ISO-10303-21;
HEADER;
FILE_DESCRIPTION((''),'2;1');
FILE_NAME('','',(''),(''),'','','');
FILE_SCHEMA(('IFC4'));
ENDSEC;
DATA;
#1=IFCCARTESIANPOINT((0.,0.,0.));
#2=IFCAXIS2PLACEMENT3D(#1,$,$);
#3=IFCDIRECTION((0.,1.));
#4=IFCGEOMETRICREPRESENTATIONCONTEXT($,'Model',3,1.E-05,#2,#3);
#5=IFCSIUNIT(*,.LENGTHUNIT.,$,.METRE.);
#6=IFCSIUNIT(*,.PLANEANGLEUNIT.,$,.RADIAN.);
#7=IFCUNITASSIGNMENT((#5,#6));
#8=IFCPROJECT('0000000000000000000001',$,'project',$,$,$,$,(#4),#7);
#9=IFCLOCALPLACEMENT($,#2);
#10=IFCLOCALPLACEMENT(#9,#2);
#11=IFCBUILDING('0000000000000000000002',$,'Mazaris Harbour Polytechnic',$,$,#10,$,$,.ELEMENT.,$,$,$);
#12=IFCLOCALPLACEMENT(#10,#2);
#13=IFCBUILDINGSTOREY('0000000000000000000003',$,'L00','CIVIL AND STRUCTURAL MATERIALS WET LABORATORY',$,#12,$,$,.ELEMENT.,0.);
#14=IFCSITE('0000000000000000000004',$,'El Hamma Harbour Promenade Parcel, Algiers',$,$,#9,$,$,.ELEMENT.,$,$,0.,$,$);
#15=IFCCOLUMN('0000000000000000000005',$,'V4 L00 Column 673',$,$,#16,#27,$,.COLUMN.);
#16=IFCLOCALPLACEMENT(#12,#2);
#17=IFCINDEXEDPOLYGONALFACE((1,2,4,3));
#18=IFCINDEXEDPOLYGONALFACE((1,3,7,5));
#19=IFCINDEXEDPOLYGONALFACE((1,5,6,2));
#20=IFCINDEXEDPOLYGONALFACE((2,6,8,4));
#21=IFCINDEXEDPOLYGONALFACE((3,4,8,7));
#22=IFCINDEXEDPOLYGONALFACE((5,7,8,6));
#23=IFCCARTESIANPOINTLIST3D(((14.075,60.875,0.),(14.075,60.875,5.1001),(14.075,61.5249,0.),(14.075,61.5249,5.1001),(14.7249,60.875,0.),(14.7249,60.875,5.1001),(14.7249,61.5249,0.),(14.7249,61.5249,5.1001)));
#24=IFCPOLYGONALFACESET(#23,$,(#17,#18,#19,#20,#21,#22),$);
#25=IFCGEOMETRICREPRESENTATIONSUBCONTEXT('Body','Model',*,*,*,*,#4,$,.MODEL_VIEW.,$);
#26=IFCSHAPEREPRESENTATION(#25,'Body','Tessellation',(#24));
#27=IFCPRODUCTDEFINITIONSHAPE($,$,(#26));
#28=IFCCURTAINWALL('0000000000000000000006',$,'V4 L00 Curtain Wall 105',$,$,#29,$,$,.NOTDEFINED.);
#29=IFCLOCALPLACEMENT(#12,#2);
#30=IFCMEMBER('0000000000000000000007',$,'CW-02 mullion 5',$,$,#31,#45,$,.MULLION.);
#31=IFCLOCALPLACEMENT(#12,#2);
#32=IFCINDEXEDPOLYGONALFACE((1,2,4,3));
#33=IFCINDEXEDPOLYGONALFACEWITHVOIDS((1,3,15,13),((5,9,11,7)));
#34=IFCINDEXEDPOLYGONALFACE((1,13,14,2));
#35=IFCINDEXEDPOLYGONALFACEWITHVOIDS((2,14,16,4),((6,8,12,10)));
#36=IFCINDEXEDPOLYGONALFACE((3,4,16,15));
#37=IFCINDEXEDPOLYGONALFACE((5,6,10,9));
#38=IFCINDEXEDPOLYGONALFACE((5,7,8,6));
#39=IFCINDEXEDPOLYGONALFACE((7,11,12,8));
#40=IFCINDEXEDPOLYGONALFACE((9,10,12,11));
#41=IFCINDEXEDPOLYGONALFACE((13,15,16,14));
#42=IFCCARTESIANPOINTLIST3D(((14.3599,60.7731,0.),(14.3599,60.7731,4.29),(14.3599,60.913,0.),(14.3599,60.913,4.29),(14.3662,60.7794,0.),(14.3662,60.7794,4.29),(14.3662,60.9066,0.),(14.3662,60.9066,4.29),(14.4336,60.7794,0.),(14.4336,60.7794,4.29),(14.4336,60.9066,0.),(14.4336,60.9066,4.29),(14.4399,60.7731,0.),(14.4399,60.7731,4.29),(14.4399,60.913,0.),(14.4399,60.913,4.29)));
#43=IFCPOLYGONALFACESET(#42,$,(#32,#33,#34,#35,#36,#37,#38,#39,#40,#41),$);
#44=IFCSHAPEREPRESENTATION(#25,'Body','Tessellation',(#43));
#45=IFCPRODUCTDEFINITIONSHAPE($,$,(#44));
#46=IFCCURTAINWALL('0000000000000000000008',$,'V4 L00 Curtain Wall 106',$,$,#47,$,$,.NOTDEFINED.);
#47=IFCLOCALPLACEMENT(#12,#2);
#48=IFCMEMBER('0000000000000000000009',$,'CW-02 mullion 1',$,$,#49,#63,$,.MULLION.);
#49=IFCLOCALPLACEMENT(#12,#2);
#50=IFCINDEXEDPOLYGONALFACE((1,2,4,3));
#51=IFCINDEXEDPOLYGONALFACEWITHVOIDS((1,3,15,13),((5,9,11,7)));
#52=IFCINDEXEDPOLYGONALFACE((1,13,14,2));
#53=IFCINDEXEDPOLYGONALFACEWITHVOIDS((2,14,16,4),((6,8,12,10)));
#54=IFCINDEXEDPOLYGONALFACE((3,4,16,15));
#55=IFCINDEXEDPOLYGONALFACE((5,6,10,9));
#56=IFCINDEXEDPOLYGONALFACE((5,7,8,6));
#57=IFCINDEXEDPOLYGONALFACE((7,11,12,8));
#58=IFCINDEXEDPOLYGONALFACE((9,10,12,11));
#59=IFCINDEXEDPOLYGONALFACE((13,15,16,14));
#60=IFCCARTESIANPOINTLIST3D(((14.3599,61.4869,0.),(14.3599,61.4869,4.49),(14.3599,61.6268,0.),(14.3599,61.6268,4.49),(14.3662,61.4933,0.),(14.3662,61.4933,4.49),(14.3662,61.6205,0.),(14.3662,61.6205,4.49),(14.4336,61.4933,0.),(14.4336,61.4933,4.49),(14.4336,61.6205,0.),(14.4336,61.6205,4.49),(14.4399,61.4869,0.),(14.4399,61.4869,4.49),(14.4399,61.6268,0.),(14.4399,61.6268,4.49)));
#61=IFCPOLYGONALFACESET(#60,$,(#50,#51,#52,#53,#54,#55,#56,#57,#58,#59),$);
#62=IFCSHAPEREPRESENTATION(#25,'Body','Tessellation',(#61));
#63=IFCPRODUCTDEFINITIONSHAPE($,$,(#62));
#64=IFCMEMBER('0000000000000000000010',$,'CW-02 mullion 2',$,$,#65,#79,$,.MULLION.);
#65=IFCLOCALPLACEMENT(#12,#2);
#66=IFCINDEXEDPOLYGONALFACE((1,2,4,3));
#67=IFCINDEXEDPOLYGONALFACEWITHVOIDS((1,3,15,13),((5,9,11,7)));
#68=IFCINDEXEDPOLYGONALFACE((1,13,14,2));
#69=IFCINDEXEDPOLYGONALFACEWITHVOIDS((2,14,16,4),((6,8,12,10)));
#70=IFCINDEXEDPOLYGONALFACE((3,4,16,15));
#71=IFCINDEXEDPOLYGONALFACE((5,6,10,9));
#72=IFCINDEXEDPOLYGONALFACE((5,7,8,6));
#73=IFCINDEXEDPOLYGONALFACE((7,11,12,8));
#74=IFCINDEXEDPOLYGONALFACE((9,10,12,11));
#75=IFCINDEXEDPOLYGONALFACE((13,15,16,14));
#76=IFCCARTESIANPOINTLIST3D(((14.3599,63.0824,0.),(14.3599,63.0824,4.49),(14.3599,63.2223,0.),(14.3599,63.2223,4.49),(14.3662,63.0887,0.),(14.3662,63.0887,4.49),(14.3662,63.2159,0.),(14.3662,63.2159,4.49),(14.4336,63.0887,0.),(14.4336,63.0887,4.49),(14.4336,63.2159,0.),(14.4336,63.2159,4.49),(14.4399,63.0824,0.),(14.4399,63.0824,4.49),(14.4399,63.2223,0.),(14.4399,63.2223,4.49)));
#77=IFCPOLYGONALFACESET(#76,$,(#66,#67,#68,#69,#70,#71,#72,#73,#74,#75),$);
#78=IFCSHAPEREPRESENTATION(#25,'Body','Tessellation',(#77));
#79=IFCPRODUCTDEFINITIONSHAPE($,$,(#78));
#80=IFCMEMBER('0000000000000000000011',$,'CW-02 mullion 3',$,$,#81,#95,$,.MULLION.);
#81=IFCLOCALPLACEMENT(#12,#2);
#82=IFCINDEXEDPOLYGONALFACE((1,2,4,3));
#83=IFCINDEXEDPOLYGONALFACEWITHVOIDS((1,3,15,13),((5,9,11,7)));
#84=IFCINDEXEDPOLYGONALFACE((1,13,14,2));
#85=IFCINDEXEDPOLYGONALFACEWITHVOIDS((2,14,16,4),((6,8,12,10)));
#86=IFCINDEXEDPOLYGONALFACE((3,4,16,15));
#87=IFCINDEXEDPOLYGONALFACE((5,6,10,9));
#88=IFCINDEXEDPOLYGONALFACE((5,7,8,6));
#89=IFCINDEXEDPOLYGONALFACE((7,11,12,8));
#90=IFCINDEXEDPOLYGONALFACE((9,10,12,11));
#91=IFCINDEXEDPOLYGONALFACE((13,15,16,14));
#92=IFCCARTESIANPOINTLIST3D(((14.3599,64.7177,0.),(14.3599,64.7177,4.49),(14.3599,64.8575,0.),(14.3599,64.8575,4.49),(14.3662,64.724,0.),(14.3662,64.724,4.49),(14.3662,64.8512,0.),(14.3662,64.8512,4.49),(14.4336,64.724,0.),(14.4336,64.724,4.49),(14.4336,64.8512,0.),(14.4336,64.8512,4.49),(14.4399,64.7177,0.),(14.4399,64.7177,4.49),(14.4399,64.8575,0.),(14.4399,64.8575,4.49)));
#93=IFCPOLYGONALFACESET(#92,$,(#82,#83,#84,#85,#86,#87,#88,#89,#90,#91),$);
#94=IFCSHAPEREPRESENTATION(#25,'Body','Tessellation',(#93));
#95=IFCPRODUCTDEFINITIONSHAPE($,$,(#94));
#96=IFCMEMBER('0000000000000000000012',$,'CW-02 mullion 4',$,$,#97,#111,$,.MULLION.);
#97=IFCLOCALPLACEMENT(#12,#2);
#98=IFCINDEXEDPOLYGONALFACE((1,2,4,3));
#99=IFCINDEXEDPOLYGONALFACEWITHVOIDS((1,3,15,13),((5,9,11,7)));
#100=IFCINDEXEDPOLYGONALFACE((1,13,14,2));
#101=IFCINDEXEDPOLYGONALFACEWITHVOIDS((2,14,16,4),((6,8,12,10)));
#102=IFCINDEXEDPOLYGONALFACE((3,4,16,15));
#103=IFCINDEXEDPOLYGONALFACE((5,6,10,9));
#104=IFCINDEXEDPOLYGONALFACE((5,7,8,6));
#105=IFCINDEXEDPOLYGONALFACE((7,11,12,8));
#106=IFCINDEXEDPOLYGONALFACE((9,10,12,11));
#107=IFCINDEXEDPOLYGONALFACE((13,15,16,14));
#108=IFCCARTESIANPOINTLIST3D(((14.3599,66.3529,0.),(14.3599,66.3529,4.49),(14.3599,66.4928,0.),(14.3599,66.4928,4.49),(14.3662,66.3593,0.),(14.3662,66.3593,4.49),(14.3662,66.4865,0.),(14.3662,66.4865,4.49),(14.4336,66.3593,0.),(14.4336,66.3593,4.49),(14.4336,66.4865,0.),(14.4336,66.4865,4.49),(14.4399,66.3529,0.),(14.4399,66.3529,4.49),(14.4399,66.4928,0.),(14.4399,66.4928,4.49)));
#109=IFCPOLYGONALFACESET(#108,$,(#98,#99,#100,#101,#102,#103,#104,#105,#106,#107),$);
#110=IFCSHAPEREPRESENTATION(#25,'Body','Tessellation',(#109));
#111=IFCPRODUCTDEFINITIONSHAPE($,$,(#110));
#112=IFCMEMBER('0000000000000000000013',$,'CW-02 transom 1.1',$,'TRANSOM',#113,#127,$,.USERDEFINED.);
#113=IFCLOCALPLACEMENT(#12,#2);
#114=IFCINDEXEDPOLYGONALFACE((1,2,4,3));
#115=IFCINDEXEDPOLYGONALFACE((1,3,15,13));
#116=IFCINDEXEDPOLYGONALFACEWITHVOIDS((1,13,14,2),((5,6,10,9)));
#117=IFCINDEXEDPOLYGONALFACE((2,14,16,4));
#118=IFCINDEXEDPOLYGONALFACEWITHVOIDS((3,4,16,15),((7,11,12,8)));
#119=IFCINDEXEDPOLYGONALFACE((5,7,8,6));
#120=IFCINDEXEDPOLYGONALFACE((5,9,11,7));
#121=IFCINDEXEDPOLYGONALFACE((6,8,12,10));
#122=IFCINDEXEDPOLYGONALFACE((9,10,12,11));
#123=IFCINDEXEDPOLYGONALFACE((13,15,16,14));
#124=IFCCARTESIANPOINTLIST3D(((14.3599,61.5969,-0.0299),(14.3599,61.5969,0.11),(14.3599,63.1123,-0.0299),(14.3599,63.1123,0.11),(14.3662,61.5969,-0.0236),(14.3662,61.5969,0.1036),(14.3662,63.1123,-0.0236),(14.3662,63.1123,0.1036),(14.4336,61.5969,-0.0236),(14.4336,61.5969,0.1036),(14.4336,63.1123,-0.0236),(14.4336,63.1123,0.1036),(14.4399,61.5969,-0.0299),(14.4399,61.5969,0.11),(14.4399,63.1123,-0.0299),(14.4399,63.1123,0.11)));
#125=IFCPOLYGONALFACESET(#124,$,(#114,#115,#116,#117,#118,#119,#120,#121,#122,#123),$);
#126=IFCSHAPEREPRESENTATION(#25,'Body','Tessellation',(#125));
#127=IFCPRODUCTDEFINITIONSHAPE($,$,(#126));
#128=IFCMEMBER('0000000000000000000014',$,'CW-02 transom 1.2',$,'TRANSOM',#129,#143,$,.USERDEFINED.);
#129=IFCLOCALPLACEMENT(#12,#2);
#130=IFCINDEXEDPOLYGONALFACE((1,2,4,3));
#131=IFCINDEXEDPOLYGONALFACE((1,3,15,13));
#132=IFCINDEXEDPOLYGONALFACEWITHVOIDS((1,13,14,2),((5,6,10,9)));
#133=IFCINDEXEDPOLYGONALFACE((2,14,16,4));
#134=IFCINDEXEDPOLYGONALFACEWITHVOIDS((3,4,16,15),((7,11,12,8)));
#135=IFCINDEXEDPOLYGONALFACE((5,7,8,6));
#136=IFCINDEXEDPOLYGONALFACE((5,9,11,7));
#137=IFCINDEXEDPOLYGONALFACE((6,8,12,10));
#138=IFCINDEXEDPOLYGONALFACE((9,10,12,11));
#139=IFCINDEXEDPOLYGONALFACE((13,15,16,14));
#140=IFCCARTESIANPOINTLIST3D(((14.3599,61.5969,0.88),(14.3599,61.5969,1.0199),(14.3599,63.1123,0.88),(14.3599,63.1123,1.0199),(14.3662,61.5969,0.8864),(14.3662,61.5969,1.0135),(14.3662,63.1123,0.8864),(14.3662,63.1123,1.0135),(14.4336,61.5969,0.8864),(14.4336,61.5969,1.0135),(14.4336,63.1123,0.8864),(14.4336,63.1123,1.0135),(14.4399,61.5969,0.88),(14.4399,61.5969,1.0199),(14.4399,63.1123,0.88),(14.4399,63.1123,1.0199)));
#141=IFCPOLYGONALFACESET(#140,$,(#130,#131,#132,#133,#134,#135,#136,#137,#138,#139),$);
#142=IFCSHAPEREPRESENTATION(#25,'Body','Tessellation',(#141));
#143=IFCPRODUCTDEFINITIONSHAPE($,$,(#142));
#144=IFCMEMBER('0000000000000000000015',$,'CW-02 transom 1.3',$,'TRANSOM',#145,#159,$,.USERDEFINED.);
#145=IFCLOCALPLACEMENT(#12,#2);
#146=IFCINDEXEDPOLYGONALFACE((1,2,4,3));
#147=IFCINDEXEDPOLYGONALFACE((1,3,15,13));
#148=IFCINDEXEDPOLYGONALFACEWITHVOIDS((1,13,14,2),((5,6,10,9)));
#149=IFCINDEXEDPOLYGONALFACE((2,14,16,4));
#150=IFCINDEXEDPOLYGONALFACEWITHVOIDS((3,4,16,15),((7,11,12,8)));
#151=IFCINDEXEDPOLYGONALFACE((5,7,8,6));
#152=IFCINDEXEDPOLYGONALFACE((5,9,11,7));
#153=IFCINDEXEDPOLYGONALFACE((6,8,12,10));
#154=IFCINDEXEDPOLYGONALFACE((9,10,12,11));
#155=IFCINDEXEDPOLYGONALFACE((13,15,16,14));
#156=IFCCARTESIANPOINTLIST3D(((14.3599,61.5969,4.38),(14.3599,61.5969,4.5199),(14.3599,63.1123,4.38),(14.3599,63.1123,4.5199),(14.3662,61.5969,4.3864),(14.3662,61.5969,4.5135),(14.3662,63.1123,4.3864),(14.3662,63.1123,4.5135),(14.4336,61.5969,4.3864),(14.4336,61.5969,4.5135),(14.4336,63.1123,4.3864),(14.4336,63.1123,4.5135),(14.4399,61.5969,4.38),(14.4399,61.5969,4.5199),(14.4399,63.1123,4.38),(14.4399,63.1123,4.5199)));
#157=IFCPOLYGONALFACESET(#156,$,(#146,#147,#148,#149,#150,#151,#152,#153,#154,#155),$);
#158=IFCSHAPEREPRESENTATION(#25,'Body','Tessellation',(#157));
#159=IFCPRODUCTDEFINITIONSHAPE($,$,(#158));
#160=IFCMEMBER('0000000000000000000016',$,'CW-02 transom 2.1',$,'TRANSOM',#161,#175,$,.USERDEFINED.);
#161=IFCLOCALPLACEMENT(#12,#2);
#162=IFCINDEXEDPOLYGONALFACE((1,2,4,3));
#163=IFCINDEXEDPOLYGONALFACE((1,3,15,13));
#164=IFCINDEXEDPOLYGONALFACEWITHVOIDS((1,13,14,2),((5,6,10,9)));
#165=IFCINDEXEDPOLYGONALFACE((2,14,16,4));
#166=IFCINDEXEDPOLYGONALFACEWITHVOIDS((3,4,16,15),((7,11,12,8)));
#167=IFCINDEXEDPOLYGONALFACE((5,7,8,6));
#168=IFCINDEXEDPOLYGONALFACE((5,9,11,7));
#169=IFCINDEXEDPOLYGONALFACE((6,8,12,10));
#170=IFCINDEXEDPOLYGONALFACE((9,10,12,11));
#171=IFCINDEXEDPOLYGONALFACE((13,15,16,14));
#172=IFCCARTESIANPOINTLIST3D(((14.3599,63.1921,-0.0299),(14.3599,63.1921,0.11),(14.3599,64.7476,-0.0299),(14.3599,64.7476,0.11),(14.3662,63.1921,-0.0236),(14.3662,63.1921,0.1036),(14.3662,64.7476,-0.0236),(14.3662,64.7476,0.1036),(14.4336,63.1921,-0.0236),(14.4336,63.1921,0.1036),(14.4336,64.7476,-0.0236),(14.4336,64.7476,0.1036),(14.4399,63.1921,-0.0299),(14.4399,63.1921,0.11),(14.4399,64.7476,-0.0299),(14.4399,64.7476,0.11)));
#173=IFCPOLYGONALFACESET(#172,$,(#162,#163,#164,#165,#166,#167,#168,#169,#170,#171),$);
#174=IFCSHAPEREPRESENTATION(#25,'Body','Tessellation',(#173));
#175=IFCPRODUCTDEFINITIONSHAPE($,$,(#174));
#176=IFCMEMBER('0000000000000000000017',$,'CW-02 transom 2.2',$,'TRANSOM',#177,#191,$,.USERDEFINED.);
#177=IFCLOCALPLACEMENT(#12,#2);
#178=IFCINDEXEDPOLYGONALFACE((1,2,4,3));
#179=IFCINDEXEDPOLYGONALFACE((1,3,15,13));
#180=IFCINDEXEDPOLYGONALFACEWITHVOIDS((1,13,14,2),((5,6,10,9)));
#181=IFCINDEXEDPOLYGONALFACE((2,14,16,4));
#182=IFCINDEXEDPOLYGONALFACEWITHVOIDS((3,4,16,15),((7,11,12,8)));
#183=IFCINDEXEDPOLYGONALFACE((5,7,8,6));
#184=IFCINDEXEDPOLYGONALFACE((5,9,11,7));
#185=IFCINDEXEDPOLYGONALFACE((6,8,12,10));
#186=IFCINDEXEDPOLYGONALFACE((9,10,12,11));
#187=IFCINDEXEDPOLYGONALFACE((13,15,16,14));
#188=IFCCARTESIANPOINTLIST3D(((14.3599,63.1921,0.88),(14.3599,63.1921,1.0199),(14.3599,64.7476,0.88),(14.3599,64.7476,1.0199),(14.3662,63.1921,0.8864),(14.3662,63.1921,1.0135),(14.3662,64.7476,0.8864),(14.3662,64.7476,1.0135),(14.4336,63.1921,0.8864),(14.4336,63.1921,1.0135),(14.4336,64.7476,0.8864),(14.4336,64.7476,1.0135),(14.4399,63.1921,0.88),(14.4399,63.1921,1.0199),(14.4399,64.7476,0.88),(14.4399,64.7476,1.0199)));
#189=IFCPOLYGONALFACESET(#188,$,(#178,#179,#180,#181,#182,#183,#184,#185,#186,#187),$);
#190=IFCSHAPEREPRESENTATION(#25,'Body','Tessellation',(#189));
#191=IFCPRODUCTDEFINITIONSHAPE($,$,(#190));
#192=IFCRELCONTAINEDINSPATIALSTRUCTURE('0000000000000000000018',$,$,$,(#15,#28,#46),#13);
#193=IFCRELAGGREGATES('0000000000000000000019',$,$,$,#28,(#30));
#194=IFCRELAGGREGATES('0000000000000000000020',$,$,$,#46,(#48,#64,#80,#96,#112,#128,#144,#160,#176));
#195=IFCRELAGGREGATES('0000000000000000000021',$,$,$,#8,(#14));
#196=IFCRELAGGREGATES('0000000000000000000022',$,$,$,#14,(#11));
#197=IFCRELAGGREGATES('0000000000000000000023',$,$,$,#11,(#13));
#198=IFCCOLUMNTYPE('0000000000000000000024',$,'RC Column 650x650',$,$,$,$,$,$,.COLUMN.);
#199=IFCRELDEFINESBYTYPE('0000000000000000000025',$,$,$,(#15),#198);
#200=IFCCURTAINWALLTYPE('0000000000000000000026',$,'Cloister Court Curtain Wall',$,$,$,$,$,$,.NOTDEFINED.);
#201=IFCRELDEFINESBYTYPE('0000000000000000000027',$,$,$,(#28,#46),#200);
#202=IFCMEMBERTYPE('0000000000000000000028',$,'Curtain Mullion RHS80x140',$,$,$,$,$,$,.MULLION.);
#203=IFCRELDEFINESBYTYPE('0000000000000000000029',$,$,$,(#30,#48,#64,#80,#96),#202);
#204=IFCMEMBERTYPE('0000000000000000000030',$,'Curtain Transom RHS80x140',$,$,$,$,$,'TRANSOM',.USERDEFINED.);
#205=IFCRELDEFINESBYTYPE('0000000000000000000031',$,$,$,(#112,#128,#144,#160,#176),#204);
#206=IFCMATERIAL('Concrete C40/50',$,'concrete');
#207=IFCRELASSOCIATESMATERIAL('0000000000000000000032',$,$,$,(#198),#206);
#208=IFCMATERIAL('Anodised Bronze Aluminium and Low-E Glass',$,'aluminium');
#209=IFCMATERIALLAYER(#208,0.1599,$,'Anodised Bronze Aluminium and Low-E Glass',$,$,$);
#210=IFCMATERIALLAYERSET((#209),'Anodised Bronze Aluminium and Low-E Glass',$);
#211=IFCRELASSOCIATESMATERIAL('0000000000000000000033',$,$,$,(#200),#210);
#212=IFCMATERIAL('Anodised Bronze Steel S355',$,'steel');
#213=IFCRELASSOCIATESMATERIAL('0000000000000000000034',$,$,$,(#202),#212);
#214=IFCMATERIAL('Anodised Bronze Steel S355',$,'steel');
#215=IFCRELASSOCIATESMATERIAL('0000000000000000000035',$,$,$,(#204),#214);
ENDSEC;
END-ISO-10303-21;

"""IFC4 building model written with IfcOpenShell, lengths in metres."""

from ifc_helpers import new_model, si_unit, direction, frame, origin, origin_2d, place, context, subcontext, project, spatial, rectangle, hollow_rectangle, extrude, material, layer, layer_set, material_profile, profile_set, type_object, element, aggregate, save


model = new_model("IFC4")

# Units and contexts
model_context = context("Model", 3, precision=1e-05, world=origin(), true_north=direction((0.0, 1.0)))
body_context = subcontext(model_context, "Body", "Model", "MODEL_VIEW")
ifc_project = project(units=[si_unit("LENGTHUNIT", "METRE"), si_unit("PLANEANGLEUNIT", "RADIAN")], contexts=[model_context])

# Site, building, storey
site_placement = place(None, origin())
site = spatial("IfcSite", under=ifc_project, at=site_placement, Name="El Hamma Harbour Promenade Parcel, Algiers", CompositionType="ELEMENT", RefElevation=0.0)
building_placement = place(site_placement, origin())
building = spatial("IfcBuilding", under=site, at=building_placement, Name="Mazaris Harbour Polytechnic", CompositionType="ELEMENT")
storey_placement = place(building_placement, origin())
storey = spatial("IfcBuildingStorey", under=building, at=storey_placement, Name="L00", Description="CIVIL AND STRUCTURAL MATERIALS WET LABORATORY", CompositionType="ELEMENT", Elevation=0.0)

# Column
ifc_material_1 = material(Name="Concrete C40/50", Category="concrete")
ifc_material_profile_1 = material_profile(ifc_material_1, rectangle(XDim=0.6499, YDim=0.6499, at=origin_2d()), Name="RECT650x650")
ifc_profile_set_1 = profile_set([ifc_material_profile_1], Name="Concrete C40/50")
column_type = type_object("IfcColumnType", Name="RC Column 650x650", PredefinedType="COLUMN", material=ifc_profile_set_1)
column_placement = place(storey_placement, frame((14.3999, 61.2, 0.0), z_axis=(0.0, 0.0, 1.0), x_axis=(1.0, 0.0, 0.0)))
element("IfcColumn", 1, at=column_placement, inside=storey, type_object=column_type, Name="V4 L00 Column 673", PredefinedType="COLUMN", context=body_context, shape_type="SweptSolid", body=[
    extrude(rectangle(XDim=0.6499, YDim=0.6499, at=origin_2d()), origin(), (0.0, 0.0, 1.0), 5.1001),
])

# Curtain wall, member
ifc_material_2 = material(Name="Anodised Bronze Aluminium and Low-E Glass", Category="aluminium")
ifc_layer_1 = layer(ifc_material_2, 0.1599, Name="Anodised Bronze Aluminium and Low-E Glass")
ifc_layer_set_1 = layer_set([ifc_layer_1], Name="Anodised Bronze Aluminium and Low-E Glass")
curtain_wall_type = type_object("IfcCurtainWallType", Name="Cloister Court Curtain Wall", PredefinedType="NOTDEFINED", material=ifc_layer_set_1)
curtain_wall_1_placement = place(storey_placement, origin())
curtain_wall_1 = element("IfcCurtainWall", 2, at=curtain_wall_1_placement, inside=storey, type_object=curtain_wall_type, Name="V4 L00 Curtain Wall 105", PredefinedType="NOTDEFINED")
ifc_material_3 = material(Name="Anodised Bronze Steel S355", Category="steel")
ifc_material_profile_2 = material_profile(ifc_material_3, hollow_rectangle(XDim=0.0801, YDim=0.1399, WallThickness=0.0063, at=origin_2d()), Name="RHS 80x140x6.3")
ifc_profile_set_2 = profile_set([ifc_material_profile_2], Name="Anodised Bronze Steel S355")
member_type_1 = type_object("IfcMemberType", Name="Curtain Mullion RHS80x140", PredefinedType="MULLION", material=ifc_profile_set_2)
member_1_placement = place(storey_placement, frame((14.3999, 60.843, 0.0), z_axis=(0.0, 0.0, 1.0), x_axis=(-1.0, 0.0, 0.0)))
member_1 = element("IfcMember", 3, at=member_1_placement, type_object=member_type_1, Name="CW-02 mullion 5", PredefinedType="MULLION", context=body_context, shape_type="SweptSolid", body=[
    extrude(hollow_rectangle(XDim=0.0801, YDim=0.1399, WallThickness=0.0063, at=origin_2d()), origin(), (0.0, 0.0, 1.0), 4.29),
])

# Curtain wall, members
curtain_wall_2_placement = place(storey_placement, origin())
curtain_wall_2 = element("IfcCurtainWall", 4, at=curtain_wall_2_placement, inside=storey, type_object=curtain_wall_type, Name="V4 L00 Curtain Wall 106", PredefinedType="NOTDEFINED")
member_2_placement = place(storey_placement, frame((14.3999, 61.5569, 0.0), z_axis=(0.0, 0.0, 1.0), x_axis=(-1.0, 0.0, 0.0)))
member_2 = element("IfcMember", 5, at=member_2_placement, type_object=member_type_1, Name="CW-02 mullion 1", PredefinedType="MULLION", context=body_context, shape_type="SweptSolid", body=[
    extrude(hollow_rectangle(XDim=0.0801, YDim=0.1399, WallThickness=0.0063, at=origin_2d()), origin(), (0.0, 0.0, 1.0), 4.49),
])
member_3_placement = place(storey_placement, frame((14.3999, 63.1523, 0.0), z_axis=(0.0, 0.0, 1.0), x_axis=(-1.0, 0.0, 0.0)))
member_3 = element("IfcMember", 6, at=member_3_placement, type_object=member_type_1, Name="CW-02 mullion 2", PredefinedType="MULLION", context=body_context, shape_type="SweptSolid", body=[
    extrude(hollow_rectangle(XDim=0.0801, YDim=0.1399, WallThickness=0.0063, at=origin_2d()), origin(), (0.0, 0.0, 1.0), 4.49),
])
member_4_placement = place(storey_placement, frame((14.3999, 64.7876, 0.0), z_axis=(0.0, 0.0, 1.0), x_axis=(-1.0, 0.0, 0.0)))
member_4 = element("IfcMember", 7, at=member_4_placement, type_object=member_type_1, Name="CW-02 mullion 3", PredefinedType="MULLION", context=body_context, shape_type="SweptSolid", body=[
    extrude(hollow_rectangle(XDim=0.0801, YDim=0.1399, WallThickness=0.0063, at=origin_2d()), origin(), (0.0, 0.0, 1.0), 4.49),
])
member_5_placement = place(storey_placement, frame((14.3999, 66.4229, 0.0), z_axis=(0.0, 0.0, 1.0), x_axis=(-1.0, 0.0, 0.0)))
member_5 = element("IfcMember", 8, at=member_5_placement, type_object=member_type_1, Name="CW-02 mullion 4", PredefinedType="MULLION", context=body_context, shape_type="SweptSolid", body=[
    extrude(hollow_rectangle(XDim=0.0801, YDim=0.1399, WallThickness=0.0063, at=origin_2d()), origin(), (0.0, 0.0, 1.0), 4.49),
])
ifc_material_4 = material(Name="Anodised Bronze Steel S355", Category="steel")
ifc_material_profile_3 = material_profile(ifc_material_4, hollow_rectangle(XDim=0.0801, YDim=0.1399, WallThickness=0.0063, at=origin_2d()), Name="RHS 80x140x6.3")
ifc_profile_set_3 = profile_set([ifc_material_profile_3], Name="Anodised Bronze Steel S355")
member_type_2 = type_object("IfcMemberType", Name="Curtain Transom RHS80x140", ElementType="TRANSOM", PredefinedType="USERDEFINED", material=ifc_profile_set_3)
member_6_placement = place(storey_placement, frame((14.3999, 61.5969, 0.04), z_axis=(0.0, 1.0, 0.0), x_axis=(-1.0, 0.0, 0.0)))
member_6 = element("IfcMember", 9, at=member_6_placement, type_object=member_type_2, Name="CW-02 transom 1.1", ObjectType="TRANSOM", PredefinedType="USERDEFINED", context=body_context, shape_type="SweptSolid", body=[
    extrude(hollow_rectangle(XDim=0.0801, YDim=0.1399, WallThickness=0.0063, at=origin_2d()), origin(), (0.0, 0.0, 1.0), 1.5154),
])
member_7_placement = place(storey_placement, frame((14.3999, 61.5969, 0.95), z_axis=(0.0, 1.0, 0.0), x_axis=(-1.0, 0.0, 0.0)))
member_7 = element("IfcMember", 10, at=member_7_placement, type_object=member_type_2, Name="CW-02 transom 1.2", ObjectType="TRANSOM", PredefinedType="USERDEFINED", context=body_context, shape_type="SweptSolid", body=[
    extrude(hollow_rectangle(XDim=0.0801, YDim=0.1399, WallThickness=0.0063, at=origin_2d()), origin(), (0.0, 0.0, 1.0), 1.5154),
])
member_8_placement = place(storey_placement, frame((14.3999, 61.5969, 4.45), z_axis=(0.0, 1.0, 0.0), x_axis=(-1.0, 0.0, 0.0)))
member_8 = element("IfcMember", 11, at=member_8_placement, type_object=member_type_2, Name="CW-02 transom 1.3", ObjectType="TRANSOM", PredefinedType="USERDEFINED", context=body_context, shape_type="SweptSolid", body=[
    extrude(hollow_rectangle(XDim=0.0801, YDim=0.1399, WallThickness=0.0063, at=origin_2d()), origin(), (0.0, 0.0, 1.0), 1.5154),
])
member_9_placement = place(storey_placement, frame((14.3999, 63.1921, 0.04), z_axis=(0.0, 1.0, 0.0), x_axis=(-1.0, 0.0, 0.0)))
member_9 = element("IfcMember", 12, at=member_9_placement, type_object=member_type_2, Name="CW-02 transom 2.1", ObjectType="TRANSOM", PredefinedType="USERDEFINED", context=body_context, shape_type="SweptSolid", body=[
    extrude(hollow_rectangle(XDim=0.0801, YDim=0.1399, WallThickness=0.0063, at=origin_2d()), origin(), (0.0, 0.0, 1.0), 1.5554),
])
member_10_placement = place(storey_placement, frame((14.3999, 63.1921, 0.95), z_axis=(0.0, 1.0, 0.0), x_axis=(-1.0, 0.0, 0.0)))
member_10 = element("IfcMember", 13, at=member_10_placement, type_object=member_type_2, Name="CW-02 transom 2.2", ObjectType="TRANSOM", PredefinedType="USERDEFINED", context=body_context, shape_type="SweptSolid", body=[
    extrude(hollow_rectangle(XDim=0.0801, YDim=0.1399, WallThickness=0.0063, at=origin_2d()), origin(), (0.0, 0.0, 1.0), 1.5554),
])

aggregate(curtain_wall_1, [member_1])
aggregate(curtain_wall_2, [member_2, member_3, member_4, member_5, member_6, member_7, member_8, member_9, member_10])

save(model, "model.ifc")
